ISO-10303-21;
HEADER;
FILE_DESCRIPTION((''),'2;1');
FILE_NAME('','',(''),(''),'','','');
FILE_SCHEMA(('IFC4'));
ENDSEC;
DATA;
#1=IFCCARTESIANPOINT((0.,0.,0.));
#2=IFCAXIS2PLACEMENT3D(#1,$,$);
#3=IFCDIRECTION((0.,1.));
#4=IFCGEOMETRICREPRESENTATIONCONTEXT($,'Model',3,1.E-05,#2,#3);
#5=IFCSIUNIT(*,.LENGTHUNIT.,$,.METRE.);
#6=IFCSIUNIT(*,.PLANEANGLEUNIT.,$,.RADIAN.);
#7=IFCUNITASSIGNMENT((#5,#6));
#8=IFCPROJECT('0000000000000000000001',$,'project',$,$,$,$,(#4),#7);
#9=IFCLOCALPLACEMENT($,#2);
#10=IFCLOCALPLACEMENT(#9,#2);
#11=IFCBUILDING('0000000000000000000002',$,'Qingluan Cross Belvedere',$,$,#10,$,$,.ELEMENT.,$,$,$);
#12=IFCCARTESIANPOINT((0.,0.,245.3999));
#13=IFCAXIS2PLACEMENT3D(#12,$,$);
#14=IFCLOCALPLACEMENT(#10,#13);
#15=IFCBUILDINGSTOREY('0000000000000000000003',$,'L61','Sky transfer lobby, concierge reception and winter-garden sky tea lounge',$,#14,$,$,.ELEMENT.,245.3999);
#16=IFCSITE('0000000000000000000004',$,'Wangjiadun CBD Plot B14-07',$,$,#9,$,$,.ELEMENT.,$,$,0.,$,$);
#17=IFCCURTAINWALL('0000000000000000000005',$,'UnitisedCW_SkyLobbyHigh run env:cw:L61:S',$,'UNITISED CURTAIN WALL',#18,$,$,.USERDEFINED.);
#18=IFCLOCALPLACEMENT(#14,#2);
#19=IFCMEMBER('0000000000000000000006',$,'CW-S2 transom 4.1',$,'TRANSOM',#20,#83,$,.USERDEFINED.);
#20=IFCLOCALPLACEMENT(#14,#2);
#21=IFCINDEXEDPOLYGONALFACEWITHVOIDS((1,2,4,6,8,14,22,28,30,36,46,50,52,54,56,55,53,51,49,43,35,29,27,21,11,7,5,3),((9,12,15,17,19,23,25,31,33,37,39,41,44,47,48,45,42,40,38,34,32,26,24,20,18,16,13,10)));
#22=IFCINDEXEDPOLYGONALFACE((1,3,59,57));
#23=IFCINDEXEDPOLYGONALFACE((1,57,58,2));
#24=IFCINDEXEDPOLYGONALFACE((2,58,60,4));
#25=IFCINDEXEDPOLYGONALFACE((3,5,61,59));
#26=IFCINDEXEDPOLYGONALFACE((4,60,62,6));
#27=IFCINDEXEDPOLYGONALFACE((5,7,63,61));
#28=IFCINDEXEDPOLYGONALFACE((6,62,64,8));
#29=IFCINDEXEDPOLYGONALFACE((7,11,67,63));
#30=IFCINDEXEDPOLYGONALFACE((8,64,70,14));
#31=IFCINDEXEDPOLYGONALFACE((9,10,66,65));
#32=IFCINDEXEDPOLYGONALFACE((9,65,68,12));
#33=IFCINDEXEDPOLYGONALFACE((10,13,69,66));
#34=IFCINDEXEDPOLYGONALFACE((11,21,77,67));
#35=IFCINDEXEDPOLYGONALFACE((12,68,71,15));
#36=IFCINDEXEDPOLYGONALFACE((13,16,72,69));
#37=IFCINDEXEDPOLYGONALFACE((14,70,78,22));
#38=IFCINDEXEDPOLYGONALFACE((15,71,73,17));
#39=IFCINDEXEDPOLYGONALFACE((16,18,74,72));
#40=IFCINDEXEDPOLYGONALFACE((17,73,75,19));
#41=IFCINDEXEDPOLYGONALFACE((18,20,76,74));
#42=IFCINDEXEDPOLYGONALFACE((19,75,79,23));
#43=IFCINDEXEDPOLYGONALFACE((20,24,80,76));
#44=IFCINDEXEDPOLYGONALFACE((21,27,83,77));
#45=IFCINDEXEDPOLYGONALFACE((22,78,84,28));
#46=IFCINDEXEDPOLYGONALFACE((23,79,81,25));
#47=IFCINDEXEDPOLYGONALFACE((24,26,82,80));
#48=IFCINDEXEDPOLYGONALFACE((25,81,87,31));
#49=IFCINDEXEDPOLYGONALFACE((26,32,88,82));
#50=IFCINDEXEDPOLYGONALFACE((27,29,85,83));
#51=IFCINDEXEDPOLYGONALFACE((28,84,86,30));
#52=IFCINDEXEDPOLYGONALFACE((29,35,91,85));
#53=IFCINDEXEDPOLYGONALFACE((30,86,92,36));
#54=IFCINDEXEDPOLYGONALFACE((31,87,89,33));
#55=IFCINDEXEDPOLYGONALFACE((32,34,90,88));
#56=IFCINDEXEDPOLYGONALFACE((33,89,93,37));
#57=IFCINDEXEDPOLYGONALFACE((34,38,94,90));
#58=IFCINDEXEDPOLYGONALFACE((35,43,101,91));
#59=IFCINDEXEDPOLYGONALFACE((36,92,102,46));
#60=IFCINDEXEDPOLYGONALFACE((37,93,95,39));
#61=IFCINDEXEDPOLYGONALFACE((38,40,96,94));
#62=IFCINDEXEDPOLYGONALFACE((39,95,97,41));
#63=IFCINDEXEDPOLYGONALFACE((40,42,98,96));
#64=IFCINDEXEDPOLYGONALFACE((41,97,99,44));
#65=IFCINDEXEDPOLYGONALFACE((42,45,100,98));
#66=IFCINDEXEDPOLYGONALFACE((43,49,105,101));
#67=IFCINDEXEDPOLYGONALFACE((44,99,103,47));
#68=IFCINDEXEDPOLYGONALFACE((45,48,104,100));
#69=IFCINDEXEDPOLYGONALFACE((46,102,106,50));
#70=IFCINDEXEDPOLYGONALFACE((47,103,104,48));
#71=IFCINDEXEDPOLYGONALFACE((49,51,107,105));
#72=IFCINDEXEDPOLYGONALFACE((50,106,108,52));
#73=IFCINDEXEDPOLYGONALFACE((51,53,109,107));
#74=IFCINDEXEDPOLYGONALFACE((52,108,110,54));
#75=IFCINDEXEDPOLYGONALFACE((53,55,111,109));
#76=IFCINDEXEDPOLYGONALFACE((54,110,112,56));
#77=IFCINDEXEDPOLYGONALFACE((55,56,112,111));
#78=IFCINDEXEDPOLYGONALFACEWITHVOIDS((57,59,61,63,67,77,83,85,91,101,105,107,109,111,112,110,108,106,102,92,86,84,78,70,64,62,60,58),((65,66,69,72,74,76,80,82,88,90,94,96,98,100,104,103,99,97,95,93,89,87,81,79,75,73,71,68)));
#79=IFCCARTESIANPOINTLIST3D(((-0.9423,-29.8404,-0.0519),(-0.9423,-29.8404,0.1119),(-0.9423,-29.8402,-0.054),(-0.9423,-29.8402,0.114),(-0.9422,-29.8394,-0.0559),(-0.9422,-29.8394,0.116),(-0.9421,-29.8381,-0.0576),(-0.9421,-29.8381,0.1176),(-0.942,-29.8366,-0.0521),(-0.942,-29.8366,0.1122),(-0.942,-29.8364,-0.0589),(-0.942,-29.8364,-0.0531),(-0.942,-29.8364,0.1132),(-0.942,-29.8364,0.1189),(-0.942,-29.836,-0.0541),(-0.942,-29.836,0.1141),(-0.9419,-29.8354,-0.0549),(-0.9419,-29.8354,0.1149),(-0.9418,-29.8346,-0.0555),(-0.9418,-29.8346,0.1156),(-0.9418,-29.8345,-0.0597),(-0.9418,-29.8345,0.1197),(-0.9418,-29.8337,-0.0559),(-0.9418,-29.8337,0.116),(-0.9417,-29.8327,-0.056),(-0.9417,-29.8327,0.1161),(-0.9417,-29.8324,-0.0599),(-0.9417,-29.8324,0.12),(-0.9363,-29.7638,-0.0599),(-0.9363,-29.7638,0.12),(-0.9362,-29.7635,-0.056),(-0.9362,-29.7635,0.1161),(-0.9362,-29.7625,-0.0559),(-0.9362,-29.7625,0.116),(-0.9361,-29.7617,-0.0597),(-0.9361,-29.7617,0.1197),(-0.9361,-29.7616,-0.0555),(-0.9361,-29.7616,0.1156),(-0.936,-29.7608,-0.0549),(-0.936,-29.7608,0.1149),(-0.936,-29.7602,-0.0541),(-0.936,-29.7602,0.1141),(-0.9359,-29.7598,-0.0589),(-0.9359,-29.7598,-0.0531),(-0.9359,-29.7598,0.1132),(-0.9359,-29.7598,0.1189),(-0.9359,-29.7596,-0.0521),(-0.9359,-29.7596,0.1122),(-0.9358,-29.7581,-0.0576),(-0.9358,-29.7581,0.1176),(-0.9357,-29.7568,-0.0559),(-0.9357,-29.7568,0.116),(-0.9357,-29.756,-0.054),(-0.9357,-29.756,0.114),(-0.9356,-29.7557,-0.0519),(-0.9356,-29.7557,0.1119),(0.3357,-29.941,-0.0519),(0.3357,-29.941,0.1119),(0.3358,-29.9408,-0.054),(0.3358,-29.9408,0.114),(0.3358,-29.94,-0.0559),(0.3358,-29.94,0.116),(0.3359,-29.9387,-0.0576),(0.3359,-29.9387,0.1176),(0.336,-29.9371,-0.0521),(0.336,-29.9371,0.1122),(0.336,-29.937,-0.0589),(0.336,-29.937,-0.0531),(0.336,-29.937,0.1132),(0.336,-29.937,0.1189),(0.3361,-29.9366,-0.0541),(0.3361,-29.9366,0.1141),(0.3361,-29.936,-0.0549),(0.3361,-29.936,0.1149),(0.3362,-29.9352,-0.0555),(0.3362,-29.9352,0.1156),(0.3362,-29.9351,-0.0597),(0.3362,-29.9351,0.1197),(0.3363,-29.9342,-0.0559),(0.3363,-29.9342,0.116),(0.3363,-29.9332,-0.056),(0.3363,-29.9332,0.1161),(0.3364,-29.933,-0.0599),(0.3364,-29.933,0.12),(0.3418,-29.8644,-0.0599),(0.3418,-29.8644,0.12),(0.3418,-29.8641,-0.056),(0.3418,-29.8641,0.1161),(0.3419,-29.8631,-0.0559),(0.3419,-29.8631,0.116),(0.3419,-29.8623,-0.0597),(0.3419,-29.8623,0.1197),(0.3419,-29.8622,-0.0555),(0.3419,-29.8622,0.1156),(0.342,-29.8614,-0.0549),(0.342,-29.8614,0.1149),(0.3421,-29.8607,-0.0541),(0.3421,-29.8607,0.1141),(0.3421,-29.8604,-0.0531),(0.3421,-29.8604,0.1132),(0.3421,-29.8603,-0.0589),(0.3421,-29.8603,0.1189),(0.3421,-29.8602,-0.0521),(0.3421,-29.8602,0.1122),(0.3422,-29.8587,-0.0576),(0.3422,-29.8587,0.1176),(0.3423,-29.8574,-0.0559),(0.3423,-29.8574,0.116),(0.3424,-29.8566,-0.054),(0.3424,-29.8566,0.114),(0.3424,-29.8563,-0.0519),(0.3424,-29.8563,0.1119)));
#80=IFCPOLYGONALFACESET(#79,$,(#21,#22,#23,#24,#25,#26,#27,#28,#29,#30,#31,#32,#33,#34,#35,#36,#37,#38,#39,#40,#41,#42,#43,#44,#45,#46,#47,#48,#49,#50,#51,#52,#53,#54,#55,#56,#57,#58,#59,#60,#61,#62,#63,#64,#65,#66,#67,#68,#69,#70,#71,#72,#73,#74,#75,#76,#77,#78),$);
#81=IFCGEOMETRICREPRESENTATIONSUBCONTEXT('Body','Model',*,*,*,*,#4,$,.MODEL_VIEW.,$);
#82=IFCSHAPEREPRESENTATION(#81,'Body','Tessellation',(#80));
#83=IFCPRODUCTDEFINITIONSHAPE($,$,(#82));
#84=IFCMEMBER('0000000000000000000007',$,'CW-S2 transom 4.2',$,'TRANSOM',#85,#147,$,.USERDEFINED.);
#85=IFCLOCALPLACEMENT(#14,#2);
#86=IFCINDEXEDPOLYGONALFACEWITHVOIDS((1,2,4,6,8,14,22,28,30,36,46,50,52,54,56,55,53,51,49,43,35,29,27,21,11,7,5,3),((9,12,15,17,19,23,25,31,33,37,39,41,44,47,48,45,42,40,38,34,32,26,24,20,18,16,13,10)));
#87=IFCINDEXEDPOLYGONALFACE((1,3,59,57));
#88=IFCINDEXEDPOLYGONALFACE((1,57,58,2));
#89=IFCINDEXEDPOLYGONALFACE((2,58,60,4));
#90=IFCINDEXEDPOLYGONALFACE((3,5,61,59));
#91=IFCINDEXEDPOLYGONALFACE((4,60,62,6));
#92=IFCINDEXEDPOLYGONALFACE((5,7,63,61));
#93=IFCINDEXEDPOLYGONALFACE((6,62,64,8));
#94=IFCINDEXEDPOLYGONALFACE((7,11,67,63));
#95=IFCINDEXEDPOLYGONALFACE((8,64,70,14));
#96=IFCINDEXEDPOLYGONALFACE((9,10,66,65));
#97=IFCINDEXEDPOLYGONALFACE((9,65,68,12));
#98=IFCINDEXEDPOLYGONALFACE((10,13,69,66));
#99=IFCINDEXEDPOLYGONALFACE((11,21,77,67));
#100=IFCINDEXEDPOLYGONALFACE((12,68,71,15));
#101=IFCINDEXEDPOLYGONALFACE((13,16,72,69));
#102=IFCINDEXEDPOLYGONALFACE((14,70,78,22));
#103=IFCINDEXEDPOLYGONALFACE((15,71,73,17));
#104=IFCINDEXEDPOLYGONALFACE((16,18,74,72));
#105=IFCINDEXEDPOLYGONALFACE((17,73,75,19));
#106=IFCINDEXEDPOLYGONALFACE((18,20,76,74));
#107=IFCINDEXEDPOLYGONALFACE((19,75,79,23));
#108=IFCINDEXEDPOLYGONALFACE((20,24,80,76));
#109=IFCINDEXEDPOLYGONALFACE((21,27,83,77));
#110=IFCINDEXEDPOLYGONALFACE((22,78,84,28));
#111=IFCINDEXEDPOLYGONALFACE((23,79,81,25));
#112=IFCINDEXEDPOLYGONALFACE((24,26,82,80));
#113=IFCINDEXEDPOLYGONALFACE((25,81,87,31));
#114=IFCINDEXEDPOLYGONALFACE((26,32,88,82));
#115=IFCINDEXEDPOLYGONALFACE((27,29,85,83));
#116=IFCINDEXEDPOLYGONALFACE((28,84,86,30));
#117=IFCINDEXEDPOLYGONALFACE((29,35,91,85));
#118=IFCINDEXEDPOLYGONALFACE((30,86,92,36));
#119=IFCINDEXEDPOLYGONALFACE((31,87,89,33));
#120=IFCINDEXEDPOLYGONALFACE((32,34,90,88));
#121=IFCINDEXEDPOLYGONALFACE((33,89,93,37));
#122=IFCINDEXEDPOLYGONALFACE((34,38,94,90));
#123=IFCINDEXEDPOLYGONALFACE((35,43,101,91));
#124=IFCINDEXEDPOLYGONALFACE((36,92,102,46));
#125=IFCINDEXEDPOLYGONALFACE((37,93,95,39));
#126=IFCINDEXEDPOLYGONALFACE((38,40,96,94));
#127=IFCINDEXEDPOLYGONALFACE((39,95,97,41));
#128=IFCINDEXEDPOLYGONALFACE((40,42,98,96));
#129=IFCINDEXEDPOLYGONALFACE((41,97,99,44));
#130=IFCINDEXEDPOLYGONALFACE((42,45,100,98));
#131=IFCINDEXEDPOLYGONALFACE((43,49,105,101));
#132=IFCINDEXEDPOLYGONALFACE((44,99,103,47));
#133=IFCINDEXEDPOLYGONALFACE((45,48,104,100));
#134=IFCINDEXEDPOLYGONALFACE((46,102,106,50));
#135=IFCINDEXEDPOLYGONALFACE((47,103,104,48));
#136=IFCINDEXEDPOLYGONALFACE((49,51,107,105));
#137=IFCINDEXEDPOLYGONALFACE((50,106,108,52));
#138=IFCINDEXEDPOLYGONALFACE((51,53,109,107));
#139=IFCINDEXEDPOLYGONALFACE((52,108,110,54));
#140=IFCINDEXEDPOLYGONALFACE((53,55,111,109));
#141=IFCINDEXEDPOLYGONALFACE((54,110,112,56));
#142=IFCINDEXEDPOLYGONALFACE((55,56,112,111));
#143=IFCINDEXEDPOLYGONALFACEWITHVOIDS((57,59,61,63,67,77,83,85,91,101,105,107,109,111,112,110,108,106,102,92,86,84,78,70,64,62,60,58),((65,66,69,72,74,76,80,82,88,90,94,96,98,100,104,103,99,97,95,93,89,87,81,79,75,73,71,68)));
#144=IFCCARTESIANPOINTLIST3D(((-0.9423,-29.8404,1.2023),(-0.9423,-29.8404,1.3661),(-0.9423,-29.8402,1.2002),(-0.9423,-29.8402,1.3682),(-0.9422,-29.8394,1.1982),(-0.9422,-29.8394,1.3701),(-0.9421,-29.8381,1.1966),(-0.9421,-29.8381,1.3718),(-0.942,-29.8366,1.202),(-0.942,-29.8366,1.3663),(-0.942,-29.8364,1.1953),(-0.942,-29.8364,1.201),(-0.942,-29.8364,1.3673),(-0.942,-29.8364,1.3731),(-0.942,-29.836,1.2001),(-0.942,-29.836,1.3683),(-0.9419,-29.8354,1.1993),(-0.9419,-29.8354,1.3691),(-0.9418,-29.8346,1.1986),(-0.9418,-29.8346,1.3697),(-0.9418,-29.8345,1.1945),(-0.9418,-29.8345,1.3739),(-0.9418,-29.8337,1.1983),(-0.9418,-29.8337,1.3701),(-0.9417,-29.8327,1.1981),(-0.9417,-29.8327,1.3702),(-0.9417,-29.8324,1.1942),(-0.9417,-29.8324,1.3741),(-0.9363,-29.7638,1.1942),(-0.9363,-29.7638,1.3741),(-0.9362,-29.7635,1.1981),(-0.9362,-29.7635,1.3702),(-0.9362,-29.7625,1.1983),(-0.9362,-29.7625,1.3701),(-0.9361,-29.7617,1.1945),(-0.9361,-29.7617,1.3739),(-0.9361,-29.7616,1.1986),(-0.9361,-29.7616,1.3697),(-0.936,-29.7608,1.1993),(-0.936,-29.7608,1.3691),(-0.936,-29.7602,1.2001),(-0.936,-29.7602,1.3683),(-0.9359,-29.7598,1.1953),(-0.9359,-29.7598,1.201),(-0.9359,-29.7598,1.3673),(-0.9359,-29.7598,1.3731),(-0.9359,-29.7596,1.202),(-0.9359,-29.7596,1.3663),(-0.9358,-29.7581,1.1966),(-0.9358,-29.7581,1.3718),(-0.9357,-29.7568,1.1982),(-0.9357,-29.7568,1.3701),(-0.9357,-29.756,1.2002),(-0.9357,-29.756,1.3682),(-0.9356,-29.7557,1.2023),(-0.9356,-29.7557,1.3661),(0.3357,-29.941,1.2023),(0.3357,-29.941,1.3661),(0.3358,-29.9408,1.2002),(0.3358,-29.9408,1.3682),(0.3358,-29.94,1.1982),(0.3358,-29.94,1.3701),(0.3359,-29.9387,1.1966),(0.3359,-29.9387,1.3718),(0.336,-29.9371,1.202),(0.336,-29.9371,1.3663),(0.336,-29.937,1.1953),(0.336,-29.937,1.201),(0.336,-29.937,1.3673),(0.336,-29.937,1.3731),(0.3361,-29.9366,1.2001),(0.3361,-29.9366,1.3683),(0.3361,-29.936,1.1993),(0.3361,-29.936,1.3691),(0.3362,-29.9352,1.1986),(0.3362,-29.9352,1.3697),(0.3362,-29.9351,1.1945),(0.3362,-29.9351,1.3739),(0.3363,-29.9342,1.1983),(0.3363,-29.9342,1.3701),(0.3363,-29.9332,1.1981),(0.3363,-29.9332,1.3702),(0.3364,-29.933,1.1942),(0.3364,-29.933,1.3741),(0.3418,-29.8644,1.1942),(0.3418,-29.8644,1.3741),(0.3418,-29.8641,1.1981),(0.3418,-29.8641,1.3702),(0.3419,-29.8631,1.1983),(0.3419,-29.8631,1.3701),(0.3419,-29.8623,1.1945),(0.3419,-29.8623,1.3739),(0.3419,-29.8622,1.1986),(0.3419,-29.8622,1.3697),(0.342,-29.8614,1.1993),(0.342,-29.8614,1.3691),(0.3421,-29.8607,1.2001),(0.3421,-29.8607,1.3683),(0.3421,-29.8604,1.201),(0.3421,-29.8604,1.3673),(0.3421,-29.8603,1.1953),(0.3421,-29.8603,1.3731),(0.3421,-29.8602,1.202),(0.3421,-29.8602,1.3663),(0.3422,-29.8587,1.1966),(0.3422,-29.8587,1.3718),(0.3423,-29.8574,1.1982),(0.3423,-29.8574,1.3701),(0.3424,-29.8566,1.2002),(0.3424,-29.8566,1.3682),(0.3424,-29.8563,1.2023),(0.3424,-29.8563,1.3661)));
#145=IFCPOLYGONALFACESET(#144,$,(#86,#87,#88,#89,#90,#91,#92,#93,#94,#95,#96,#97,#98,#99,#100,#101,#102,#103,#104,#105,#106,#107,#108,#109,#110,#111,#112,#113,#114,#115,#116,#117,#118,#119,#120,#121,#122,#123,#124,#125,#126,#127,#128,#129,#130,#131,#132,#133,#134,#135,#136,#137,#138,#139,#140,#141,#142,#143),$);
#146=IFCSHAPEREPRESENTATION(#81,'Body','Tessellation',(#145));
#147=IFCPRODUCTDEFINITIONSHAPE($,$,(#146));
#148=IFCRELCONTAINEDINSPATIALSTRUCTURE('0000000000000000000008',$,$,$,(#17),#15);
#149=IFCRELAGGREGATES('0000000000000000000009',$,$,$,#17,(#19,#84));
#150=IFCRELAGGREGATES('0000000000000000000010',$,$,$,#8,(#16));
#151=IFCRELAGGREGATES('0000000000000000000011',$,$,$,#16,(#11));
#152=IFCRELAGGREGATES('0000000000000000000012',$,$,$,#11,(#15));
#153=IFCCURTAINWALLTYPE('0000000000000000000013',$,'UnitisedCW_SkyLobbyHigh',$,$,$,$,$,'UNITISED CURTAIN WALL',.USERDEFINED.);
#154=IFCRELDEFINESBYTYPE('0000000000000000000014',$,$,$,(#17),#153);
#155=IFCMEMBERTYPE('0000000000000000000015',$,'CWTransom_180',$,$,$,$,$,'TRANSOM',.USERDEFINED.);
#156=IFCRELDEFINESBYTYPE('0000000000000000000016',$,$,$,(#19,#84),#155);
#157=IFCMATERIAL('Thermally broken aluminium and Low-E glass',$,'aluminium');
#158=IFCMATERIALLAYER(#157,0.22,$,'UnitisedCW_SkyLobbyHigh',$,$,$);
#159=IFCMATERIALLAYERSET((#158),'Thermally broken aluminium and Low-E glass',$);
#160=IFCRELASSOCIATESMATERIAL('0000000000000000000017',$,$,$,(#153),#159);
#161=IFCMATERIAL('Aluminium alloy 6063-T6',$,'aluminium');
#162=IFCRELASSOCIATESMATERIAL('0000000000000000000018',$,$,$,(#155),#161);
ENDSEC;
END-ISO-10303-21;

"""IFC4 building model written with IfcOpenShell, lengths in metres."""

from ifc_helpers import new_model, si_unit, direction, frame, origin, origin_2d, place, context, subcontext, project, spatial, hollow_rectangle, extrude, material, layer, layer_set, material_profile, profile_set, type_object, element, aggregate, save


model = new_model("IFC4")

# Units and contexts
model_context = context("Model", 3, precision=1e-05, world=origin(), true_north=direction((0.0, 1.0)))
body_context = subcontext(model_context, "Body", "Model", "MODEL_VIEW")
ifc_project = project(units=[si_unit("LENGTHUNIT", "METRE"), si_unit("PLANEANGLEUNIT", "RADIAN")], contexts=[model_context])

# Site, building, storey
site_placement = place(None, origin())
site = spatial("IfcSite", under=ifc_project, at=site_placement, Name="Wangjiadun CBD Plot B14-07", CompositionType="ELEMENT", RefElevation=0.0)
building_placement = place(site_placement, origin())
building = spatial("IfcBuilding", under=site, at=building_placement, Name="Qingluan Cross Belvedere", CompositionType="ELEMENT")
storey_placement = place(building_placement, frame((0.0, 0.0, 245.3999)))
storey = spatial("IfcBuildingStorey", under=building, at=storey_placement, Name="L61", Description="Sky transfer lobby, concierge reception and winter-garden sky tea lounge", CompositionType="ELEMENT", Elevation=245.3999)

# Curtain wall, members
ifc_material_1 = material(Name="Thermally broken aluminium and Low-E glass", Category="aluminium")
ifc_layer_1 = layer(ifc_material_1, 0.22, Name="UnitisedCW_SkyLobbyHigh")
ifc_layer_set_1 = layer_set([ifc_layer_1], Name="Thermally broken aluminium and Low-E glass")
curtain_wall_type = type_object("IfcCurtainWallType", Name="UnitisedCW_SkyLobbyHigh", ElementType="UNITISED CURTAIN WALL", PredefinedType="USERDEFINED", material=ifc_layer_set_1)
curtain_wall_placement = place(storey_placement, origin())
curtain_wall = element("IfcCurtainWall", 1, at=curtain_wall_placement, inside=storey, type_object=curtain_wall_type, Name="UnitisedCW_SkyLobbyHigh run env:cw:L61:S", ObjectType="UNITISED CURTAIN WALL", PredefinedType="USERDEFINED")
ifc_material_2 = material(Name="Aluminium alloy 6063-T6", Category="aluminium")
ifc_material_profile_1 = material_profile(ifc_material_2, hollow_rectangle(XDim=0.085, YDim=0.1799, WallThickness=0.0039, InnerFilletRadius=0.0039, OuterFilletRadius=0.0081, at=origin_2d()), Name="CWT180x85x4")
ifc_profile_set_1 = profile_set([ifc_material_profile_1], Name="Aluminium alloy 6063-T6")
member_type_1 = type_object("IfcMemberType", Name="CWTransom_180", ElementType="TRANSOM", PredefinedType="USERDEFINED", material=ifc_profile_set_1)
member_1_placement = place(storey_placement, frame((-0.939, -29.7981, 0.03), z_axis=(0.996917, -0.078458, 0.0), x_axis=(0.078458, 0.996917, 0.0)))
member_1 = element("IfcMember", 2, at=member_1_placement, type_object=member_type_1, Name="CW-S2 transom 4.1", ObjectType="TRANSOM", PredefinedType="USERDEFINED", context=body_context, shape_type="SweptSolid", body=[
    extrude(hollow_rectangle(XDim=0.085, YDim=0.1799, WallThickness=0.0039, InnerFilletRadius=0.0039, OuterFilletRadius=0.0081, at=origin_2d()), origin(), (0.0, 0.0, 1.0), 1.282),
])
member_2_placement = place(storey_placement, frame((-0.939, -29.7981, 1.2842), z_axis=(0.996917, -0.078458, 0.0), x_axis=(0.078458, 0.996917, 0.0)))
member_2 = element("IfcMember", 3, at=member_2_placement, type_object=member_type_1, Name="CW-S2 transom 4.2", ObjectType="TRANSOM", PredefinedType="USERDEFINED", context=body_context, shape_type="SweptSolid", body=[
    extrude(hollow_rectangle(XDim=0.085, YDim=0.1799, WallThickness=0.0039, InnerFilletRadius=0.0039, OuterFilletRadius=0.0081, at=origin_2d()), origin(), (0.0, 0.0, 1.0), 1.282),
])
aggregate(curtain_wall, [member_1, member_2])

save(model, "model.ifc")
